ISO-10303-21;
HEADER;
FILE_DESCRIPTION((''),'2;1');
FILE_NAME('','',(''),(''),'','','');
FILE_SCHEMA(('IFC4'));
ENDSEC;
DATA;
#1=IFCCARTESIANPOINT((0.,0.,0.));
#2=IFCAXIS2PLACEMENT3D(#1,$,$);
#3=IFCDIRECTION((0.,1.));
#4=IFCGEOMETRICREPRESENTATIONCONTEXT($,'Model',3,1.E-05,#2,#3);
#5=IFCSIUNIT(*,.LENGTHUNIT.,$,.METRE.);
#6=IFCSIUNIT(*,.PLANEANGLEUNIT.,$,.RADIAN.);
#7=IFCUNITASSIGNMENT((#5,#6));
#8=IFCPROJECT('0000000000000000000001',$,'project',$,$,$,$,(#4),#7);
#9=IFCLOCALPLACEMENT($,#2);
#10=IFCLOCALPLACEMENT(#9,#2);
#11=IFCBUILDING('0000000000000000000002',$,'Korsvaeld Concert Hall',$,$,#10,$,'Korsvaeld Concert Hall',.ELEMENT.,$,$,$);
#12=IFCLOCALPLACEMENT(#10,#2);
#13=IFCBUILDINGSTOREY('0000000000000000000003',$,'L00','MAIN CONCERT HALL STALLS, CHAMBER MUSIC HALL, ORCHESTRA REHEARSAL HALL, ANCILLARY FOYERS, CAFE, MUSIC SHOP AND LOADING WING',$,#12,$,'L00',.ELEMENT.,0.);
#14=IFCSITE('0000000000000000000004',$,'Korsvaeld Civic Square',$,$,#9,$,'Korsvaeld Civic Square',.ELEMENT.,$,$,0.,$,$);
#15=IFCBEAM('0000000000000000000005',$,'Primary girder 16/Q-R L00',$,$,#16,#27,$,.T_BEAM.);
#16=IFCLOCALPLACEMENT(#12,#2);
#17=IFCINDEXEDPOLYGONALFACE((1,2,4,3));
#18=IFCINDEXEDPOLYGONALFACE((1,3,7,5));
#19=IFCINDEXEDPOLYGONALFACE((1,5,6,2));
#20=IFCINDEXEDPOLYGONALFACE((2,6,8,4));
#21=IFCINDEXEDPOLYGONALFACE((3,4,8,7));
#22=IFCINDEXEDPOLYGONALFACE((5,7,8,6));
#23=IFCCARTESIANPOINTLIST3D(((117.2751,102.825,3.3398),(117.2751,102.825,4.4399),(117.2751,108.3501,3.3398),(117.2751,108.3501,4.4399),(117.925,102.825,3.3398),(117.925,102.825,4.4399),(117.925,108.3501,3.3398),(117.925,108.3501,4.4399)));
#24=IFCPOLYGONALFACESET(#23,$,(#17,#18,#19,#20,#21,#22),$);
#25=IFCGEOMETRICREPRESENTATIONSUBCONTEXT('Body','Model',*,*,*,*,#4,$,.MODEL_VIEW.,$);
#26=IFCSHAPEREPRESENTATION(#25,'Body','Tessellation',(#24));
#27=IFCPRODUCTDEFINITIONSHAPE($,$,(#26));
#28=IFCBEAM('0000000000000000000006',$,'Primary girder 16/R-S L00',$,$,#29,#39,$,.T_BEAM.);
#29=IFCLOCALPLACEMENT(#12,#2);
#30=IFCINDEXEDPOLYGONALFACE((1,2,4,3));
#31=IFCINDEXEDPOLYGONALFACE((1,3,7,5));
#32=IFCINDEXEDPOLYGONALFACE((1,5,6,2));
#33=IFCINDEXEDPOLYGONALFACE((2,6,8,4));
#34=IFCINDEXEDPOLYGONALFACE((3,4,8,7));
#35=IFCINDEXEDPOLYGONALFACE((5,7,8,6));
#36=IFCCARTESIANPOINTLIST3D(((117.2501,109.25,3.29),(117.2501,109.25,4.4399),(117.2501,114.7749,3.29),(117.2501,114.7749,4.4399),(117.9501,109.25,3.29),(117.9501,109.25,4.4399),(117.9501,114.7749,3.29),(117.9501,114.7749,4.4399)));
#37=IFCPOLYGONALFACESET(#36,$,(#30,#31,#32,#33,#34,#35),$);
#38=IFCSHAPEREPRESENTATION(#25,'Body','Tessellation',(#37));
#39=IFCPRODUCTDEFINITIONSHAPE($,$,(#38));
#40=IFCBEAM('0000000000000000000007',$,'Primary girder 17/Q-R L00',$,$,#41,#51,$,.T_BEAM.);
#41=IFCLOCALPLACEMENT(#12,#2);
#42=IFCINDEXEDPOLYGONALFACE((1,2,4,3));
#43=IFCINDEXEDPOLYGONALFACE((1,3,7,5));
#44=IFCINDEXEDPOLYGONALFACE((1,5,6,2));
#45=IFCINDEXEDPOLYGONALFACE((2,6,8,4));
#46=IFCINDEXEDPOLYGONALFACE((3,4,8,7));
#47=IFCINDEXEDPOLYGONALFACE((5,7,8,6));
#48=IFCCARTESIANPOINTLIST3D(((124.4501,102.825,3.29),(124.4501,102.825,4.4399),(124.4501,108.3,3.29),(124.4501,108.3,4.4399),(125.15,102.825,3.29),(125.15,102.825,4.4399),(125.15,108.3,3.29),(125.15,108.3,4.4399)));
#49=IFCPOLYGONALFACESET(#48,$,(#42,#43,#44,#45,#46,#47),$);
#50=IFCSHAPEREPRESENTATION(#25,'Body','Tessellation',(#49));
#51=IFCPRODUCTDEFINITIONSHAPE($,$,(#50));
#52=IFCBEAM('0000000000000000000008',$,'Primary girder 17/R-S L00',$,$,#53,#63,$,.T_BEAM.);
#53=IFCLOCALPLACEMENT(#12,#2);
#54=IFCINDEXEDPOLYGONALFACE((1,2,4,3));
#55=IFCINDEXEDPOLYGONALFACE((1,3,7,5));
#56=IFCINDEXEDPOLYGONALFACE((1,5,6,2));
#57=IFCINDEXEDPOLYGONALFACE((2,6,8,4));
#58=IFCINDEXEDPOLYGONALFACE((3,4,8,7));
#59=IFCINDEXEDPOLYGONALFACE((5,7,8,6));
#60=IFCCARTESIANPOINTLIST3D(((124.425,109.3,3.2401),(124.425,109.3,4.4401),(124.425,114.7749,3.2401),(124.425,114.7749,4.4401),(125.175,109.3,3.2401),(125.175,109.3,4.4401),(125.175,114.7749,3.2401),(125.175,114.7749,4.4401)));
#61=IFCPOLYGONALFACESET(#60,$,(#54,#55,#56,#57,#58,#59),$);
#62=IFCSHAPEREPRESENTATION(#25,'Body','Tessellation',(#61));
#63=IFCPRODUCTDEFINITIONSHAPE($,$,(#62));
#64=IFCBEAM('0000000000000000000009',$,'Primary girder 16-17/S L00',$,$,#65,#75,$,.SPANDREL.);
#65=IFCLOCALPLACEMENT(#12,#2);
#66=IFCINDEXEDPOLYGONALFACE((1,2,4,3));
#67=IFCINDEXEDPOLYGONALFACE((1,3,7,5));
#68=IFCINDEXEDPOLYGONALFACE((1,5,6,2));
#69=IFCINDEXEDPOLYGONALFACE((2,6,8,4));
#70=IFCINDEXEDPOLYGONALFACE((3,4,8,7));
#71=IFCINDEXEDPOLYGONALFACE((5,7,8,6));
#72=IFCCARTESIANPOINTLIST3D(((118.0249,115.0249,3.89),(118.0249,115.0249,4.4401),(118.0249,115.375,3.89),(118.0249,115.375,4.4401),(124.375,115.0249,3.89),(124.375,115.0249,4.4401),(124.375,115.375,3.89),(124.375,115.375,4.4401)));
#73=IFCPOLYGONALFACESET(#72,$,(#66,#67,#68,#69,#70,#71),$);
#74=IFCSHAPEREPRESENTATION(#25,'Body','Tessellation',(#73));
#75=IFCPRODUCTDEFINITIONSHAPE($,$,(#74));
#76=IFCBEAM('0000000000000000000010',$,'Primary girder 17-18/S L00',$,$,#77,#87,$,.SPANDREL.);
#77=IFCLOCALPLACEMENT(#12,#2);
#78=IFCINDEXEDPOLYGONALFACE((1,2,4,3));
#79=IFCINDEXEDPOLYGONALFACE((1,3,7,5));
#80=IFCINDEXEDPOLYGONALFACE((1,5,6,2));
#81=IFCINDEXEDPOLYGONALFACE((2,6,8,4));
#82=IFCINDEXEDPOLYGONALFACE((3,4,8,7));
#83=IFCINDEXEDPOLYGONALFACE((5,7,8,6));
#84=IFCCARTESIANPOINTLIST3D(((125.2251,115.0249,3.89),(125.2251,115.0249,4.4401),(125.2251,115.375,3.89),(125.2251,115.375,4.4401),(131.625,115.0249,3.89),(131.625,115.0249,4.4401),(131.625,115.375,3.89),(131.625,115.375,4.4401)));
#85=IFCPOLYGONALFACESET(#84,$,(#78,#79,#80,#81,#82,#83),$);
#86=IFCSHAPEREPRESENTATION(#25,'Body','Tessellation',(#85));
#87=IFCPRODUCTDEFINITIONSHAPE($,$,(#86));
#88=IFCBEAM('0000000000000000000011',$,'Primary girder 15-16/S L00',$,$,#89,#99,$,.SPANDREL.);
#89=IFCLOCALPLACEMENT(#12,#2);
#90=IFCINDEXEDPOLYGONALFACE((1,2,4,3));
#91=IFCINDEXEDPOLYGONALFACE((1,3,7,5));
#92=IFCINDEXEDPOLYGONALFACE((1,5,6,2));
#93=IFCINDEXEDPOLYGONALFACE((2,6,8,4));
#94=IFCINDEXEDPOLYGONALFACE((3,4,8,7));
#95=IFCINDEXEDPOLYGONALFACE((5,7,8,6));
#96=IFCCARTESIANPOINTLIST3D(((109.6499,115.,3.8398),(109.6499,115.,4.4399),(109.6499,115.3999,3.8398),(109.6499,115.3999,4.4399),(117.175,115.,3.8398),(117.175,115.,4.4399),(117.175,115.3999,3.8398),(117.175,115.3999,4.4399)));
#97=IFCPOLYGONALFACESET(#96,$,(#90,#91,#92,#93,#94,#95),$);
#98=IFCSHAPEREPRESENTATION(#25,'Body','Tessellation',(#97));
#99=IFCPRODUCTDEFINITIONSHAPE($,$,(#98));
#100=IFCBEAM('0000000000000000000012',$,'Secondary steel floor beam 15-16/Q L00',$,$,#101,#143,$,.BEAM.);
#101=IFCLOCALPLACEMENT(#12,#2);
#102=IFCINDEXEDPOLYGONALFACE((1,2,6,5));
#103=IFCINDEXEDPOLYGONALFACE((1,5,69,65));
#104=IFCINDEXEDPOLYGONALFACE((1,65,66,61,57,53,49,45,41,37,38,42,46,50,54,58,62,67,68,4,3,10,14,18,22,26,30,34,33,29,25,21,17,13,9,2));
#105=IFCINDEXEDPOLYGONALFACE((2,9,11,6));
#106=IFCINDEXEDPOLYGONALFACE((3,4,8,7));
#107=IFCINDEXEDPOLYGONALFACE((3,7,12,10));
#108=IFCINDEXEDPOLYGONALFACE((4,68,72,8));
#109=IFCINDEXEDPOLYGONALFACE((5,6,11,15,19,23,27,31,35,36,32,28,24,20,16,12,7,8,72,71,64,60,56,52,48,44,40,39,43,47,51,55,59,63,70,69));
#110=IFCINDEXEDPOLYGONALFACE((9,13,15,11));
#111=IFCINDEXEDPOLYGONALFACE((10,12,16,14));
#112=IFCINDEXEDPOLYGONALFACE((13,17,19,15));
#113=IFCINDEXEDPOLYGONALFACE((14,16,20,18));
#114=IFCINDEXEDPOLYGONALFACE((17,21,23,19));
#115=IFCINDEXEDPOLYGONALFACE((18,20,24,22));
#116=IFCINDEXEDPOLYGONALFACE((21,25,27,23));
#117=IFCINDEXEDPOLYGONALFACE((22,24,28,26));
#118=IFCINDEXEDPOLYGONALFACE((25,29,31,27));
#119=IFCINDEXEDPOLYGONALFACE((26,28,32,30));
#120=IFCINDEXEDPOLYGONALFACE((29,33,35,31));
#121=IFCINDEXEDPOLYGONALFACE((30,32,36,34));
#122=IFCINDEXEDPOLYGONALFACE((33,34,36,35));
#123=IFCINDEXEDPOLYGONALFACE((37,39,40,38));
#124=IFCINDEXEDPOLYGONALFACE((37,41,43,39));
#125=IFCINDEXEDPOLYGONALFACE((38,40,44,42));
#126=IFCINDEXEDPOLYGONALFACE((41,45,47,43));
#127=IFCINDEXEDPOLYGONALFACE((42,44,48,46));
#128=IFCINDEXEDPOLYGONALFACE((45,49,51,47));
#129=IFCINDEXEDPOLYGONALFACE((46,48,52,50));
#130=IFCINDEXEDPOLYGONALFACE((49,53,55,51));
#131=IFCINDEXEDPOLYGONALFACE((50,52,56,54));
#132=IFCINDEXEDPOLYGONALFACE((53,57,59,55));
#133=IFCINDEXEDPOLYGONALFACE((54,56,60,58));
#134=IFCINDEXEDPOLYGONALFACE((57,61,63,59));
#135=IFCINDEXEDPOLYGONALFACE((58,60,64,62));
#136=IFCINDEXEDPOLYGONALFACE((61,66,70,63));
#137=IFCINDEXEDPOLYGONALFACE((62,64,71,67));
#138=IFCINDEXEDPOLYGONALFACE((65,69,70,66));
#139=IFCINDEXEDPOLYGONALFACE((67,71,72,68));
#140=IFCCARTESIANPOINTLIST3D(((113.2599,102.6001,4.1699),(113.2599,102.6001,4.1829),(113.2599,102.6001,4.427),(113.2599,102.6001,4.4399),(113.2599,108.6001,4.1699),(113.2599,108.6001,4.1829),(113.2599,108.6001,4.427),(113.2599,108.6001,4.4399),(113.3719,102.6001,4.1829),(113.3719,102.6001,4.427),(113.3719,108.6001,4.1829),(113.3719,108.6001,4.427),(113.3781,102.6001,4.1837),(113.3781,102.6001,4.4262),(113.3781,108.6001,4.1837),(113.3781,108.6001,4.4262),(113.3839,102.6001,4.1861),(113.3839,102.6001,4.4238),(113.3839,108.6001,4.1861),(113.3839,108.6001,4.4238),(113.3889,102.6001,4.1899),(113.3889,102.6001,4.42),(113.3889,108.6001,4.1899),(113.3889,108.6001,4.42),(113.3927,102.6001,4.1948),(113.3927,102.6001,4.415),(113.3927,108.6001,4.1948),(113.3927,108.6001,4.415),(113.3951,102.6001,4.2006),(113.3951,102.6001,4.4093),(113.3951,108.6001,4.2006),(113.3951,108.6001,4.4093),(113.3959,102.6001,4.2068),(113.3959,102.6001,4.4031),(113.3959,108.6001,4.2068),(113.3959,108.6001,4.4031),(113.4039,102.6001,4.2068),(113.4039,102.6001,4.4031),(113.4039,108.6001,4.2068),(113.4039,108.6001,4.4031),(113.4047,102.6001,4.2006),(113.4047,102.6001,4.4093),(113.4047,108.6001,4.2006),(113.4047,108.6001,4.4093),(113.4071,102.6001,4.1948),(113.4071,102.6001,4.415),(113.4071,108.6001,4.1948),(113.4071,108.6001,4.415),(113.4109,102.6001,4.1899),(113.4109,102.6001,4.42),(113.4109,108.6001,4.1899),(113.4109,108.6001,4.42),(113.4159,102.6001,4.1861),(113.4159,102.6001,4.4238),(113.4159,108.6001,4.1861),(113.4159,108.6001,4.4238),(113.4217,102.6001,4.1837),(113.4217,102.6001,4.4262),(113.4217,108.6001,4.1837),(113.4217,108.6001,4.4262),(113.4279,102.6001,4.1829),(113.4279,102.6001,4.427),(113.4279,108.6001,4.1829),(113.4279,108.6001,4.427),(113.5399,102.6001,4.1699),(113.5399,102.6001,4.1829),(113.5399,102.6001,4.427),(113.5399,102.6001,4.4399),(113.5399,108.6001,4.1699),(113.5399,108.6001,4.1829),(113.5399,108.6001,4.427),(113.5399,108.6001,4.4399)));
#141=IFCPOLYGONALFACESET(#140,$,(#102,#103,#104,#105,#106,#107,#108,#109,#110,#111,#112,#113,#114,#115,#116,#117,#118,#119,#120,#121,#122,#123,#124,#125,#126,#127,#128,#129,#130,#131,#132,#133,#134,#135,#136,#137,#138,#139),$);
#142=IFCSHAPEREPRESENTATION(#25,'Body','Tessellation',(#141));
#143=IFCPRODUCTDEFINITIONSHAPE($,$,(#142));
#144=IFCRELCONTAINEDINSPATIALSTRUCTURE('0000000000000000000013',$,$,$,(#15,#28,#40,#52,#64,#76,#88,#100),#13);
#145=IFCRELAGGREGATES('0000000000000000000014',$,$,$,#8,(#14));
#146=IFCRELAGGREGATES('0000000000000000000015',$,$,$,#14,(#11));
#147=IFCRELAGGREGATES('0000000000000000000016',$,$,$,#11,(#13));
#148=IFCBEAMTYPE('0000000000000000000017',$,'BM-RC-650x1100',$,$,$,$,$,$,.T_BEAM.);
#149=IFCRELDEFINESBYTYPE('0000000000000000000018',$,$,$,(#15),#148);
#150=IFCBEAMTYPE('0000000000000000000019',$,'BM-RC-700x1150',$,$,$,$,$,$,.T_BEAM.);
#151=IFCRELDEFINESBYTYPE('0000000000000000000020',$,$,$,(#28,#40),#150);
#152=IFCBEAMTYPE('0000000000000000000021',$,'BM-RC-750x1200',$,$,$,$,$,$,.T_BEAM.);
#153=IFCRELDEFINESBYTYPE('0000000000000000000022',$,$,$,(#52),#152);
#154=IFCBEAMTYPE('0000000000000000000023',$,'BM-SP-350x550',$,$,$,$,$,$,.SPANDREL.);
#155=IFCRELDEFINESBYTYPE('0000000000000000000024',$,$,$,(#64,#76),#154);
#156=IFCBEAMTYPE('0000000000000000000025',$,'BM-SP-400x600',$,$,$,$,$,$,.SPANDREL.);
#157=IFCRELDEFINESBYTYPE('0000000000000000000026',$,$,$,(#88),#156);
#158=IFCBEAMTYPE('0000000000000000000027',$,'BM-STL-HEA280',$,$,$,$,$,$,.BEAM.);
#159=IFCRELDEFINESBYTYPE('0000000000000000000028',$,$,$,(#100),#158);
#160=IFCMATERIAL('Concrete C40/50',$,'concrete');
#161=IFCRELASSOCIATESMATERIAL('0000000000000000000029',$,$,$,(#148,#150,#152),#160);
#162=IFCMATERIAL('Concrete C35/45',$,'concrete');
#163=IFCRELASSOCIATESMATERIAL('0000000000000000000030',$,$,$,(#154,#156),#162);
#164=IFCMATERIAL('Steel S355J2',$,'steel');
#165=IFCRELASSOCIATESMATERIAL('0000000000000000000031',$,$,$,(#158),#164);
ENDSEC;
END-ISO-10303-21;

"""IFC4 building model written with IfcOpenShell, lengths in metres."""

from ifc_helpers import new_model, si_unit, direction, frame, origin, origin_2d, place, context, subcontext, project, spatial, rectangle, i_section, extrude, material, material_profile, profile_set, type_object, element, save


model = new_model("IFC4")

# Units and contexts
model_context = context("Model", 3, precision=1e-05, world=origin(), true_north=direction((0.0, 1.0)))
body_context = subcontext(model_context, "Body", "Model", "MODEL_VIEW")
ifc_project = project(units=[si_unit("LENGTHUNIT", "METRE"), si_unit("PLANEANGLEUNIT", "RADIAN")], contexts=[model_context])

# Site, building, storey
site_placement = place(None, origin())
site = spatial("IfcSite", under=ifc_project, at=site_placement, Name="Korsvaeld Civic Square", LongName="Korsvaeld Civic Square", CompositionType="ELEMENT", RefElevation=0.0)
building_placement = place(site_placement, origin())
building = spatial("IfcBuilding", under=site, at=building_placement, Name="Korsvaeld Concert Hall", LongName="Korsvaeld Concert Hall", CompositionType="ELEMENT")
storey_placement = place(building_placement, origin())
storey = spatial("IfcBuildingStorey", under=building, at=storey_placement, Name="L00", Description="MAIN CONCERT HALL STALLS, CHAMBER MUSIC HALL, ORCHESTRA REHEARSAL HALL, ANCILLARY FOYERS, CAFE, MUSIC SHOP AND LOADING WING", LongName="L00", CompositionType="ELEMENT", Elevation=0.0)

# Shared definitions
ifc_material_1 = material(Name="Concrete C40/50", Category="concrete")

# Beams
ifc_material_2 = material(Name="Concrete C35/45", Category="concrete")
ifc_material_profile_1 = material_profile(ifc_material_1, rectangle(XDim=0.6499, YDim=1.1001, at=origin_2d()), Name="RC 650x1100")
ifc_profile_set_1 = profile_set([ifc_material_profile_1], Name="Concrete C40/50")
beam_type_1 = type_object("IfcBeamType", Name="BM-RC-650x1100", PredefinedType="T_BEAM", material=ifc_profile_set_1)
beam_1_placement = place(storey_placement, frame((117.6001, 102.825, 3.8899), z_axis=(0.0, 1.0, 0.0), x_axis=(-1.0, 0.0, 0.0)))
element("IfcBeam", 1, at=beam_1_placement, inside=storey, type_object=beam_type_1, Name="Primary girder 16/Q-R L00", PredefinedType="T_BEAM", context=body_context, shape_type="SweptSolid", body=[
    extrude(rectangle(XDim=0.6499, YDim=1.1001, at=origin_2d()), origin(), (0.0, 0.0, 1.0), 5.5251),
])
ifc_material_profile_2 = material_profile(ifc_material_1, rectangle(XDim=0.7, YDim=1.1499, at=origin_2d()), Name="RC 700x1150")
ifc_profile_set_2 = profile_set([ifc_material_profile_2], Name="Concrete C40/50")
beam_type_2 = type_object("IfcBeamType", Name="BM-RC-700x1150", PredefinedType="T_BEAM", material=ifc_profile_set_2)
beam_2_placement = place(storey_placement, frame((117.6001, 109.25, 3.865), z_axis=(0.0, 1.0, 0.0), x_axis=(-1.0, 0.0, 0.0)))
element("IfcBeam", 2, at=beam_2_placement, inside=storey, type_object=beam_type_2, Name="Primary girder 16/R-S L00", PredefinedType="T_BEAM", context=body_context, shape_type="SweptSolid", body=[
    extrude(rectangle(XDim=0.7, YDim=1.1499, at=origin_2d()), origin(), (0.0, 0.0, 1.0), 5.5249),
])
beam_3_placement = place(storey_placement, frame((124.8, 102.825, 3.865), z_axis=(0.0, 1.0, 0.0), x_axis=(-1.0, 0.0, 0.0)))
element("IfcBeam", 3, at=beam_3_placement, inside=storey, type_object=beam_type_2, Name="Primary girder 17/Q-R L00", PredefinedType="T_BEAM", context=body_context, shape_type="SweptSolid", body=[
    extrude(rectangle(XDim=0.7, YDim=1.1499, at=origin_2d()), origin(), (0.0, 0.0, 1.0), 5.4751),
])
ifc_material_profile_3 = material_profile(ifc_material_1, rectangle(XDim=0.75, YDim=1.2, at=origin_2d()), Name="RC 750x1200")
ifc_profile_set_3 = profile_set([ifc_material_profile_3], Name="Concrete C40/50")
beam_type_3 = type_object("IfcBeamType", Name="BM-RC-750x1200", PredefinedType="T_BEAM", material=ifc_profile_set_3)
beam_4_placement = place(storey_placement, frame((124.8, 109.3, 3.8401), z_axis=(0.0, 1.0, 0.0), x_axis=(-1.0, 0.0, 0.0)))
element("IfcBeam", 4, at=beam_4_placement, inside=storey, type_object=beam_type_3, Name="Primary girder 17/R-S L00", PredefinedType="T_BEAM", context=body_context, shape_type="SweptSolid", body=[
    extrude(rectangle(XDim=0.75, YDim=1.2, at=origin_2d()), origin(), (0.0, 0.0, 1.0), 5.4749),
])
ifc_material_profile_4 = material_profile(ifc_material_2, rectangle(XDim=0.3501, YDim=0.55, at=origin_2d()), Name="RC 350x550")
ifc_profile_set_4 = profile_set([ifc_material_profile_4], Name="Concrete C35/45")
beam_type_4 = type_object("IfcBeamType", Name="BM-SP-350x550", PredefinedType="SPANDREL", material=ifc_profile_set_4)
beam_5_placement = place(storey_placement, frame((118.0249, 115.2, 4.165), z_axis=(1.0, 0.0, 0.0), x_axis=(0.0, 1.0, 0.0)))
element("IfcBeam", 5, at=beam_5_placement, inside=storey, type_object=beam_type_4, Name="Primary girder 16-17/S L00", PredefinedType="SPANDREL", context=body_context, shape_type="SweptSolid", body=[
    extrude(rectangle(XDim=0.3501, YDim=0.55, at=origin_2d()), origin(), (0.0, 0.0, 1.0), 6.3501),
])
beam_6_placement = place(storey_placement, frame((125.2251, 115.2, 4.165), z_axis=(1.0, 0.0, 0.0), x_axis=(0.0, 1.0, 0.0)))
element("IfcBeam", 6, at=beam_6_placement, inside=storey, type_object=beam_type_4, Name="Primary girder 17-18/S L00", PredefinedType="SPANDREL", context=body_context, shape_type="SweptSolid", body=[
    extrude(rectangle(XDim=0.3501, YDim=0.55, at=origin_2d()), origin(), (0.0, 0.0, 1.0), 6.3999),
])
ifc_material_profile_5 = material_profile(ifc_material_2, rectangle(XDim=0.3999, YDim=0.6001, at=origin_2d()), Name="RC 400x600")
ifc_profile_set_5 = profile_set([ifc_material_profile_5], Name="Concrete C35/45")
beam_type_5 = type_object("IfcBeamType", Name="BM-SP-400x600", PredefinedType="SPANDREL", material=ifc_profile_set_5)
beam_7_placement = place(storey_placement, frame((109.6499, 115.2, 4.1399), z_axis=(1.0, 0.0, 0.0), x_axis=(0.0, 1.0, 0.0)))
element("IfcBeam", 7, at=beam_7_placement, inside=storey, type_object=beam_type_5, Name="Primary girder 15-16/S L00", PredefinedType="SPANDREL", context=body_context, shape_type="SweptSolid", body=[
    extrude(rectangle(XDim=0.3999, YDim=0.6001, at=origin_2d()), origin(), (0.0, 0.0, 1.0), 7.5251),
])
ifc_material_3 = material(Name="Steel S355J2", Category="steel")
ifc_material_profile_6 = material_profile(ifc_material_3, i_section(OverallWidth=0.28, OverallDepth=0.27, WebThickness=0.0081, FlangeThickness=0.0129, FilletRadius=0.0239, at=origin_2d()), Name="HEA 280")
ifc_profile_set_6 = profile_set([ifc_material_profile_6], Name="Steel S355J2")
beam_type_6 = type_object("IfcBeamType", Name="BM-STL-HEA280", PredefinedType="BEAM", material=ifc_profile_set_6)
beam_8_placement = place(storey_placement, frame((113.3999, 102.6001, 4.3049), z_axis=(0.0, 1.0, 0.0), x_axis=(-1.0, 0.0, 0.0)))
element("IfcBeam", 8, at=beam_8_placement, inside=storey, type_object=beam_type_6, Name="Secondary steel floor beam 15-16/Q L00", PredefinedType="BEAM", context=body_context, shape_type="SweptSolid", body=[
    extrude(i_section(OverallWidth=0.28, OverallDepth=0.27, WebThickness=0.0081, FlangeThickness=0.0129, FilletRadius=0.0239, at=origin_2d()), origin(), (0.0, 0.0, 1.0), 6.0),
])

save(model, "model.ifc")
